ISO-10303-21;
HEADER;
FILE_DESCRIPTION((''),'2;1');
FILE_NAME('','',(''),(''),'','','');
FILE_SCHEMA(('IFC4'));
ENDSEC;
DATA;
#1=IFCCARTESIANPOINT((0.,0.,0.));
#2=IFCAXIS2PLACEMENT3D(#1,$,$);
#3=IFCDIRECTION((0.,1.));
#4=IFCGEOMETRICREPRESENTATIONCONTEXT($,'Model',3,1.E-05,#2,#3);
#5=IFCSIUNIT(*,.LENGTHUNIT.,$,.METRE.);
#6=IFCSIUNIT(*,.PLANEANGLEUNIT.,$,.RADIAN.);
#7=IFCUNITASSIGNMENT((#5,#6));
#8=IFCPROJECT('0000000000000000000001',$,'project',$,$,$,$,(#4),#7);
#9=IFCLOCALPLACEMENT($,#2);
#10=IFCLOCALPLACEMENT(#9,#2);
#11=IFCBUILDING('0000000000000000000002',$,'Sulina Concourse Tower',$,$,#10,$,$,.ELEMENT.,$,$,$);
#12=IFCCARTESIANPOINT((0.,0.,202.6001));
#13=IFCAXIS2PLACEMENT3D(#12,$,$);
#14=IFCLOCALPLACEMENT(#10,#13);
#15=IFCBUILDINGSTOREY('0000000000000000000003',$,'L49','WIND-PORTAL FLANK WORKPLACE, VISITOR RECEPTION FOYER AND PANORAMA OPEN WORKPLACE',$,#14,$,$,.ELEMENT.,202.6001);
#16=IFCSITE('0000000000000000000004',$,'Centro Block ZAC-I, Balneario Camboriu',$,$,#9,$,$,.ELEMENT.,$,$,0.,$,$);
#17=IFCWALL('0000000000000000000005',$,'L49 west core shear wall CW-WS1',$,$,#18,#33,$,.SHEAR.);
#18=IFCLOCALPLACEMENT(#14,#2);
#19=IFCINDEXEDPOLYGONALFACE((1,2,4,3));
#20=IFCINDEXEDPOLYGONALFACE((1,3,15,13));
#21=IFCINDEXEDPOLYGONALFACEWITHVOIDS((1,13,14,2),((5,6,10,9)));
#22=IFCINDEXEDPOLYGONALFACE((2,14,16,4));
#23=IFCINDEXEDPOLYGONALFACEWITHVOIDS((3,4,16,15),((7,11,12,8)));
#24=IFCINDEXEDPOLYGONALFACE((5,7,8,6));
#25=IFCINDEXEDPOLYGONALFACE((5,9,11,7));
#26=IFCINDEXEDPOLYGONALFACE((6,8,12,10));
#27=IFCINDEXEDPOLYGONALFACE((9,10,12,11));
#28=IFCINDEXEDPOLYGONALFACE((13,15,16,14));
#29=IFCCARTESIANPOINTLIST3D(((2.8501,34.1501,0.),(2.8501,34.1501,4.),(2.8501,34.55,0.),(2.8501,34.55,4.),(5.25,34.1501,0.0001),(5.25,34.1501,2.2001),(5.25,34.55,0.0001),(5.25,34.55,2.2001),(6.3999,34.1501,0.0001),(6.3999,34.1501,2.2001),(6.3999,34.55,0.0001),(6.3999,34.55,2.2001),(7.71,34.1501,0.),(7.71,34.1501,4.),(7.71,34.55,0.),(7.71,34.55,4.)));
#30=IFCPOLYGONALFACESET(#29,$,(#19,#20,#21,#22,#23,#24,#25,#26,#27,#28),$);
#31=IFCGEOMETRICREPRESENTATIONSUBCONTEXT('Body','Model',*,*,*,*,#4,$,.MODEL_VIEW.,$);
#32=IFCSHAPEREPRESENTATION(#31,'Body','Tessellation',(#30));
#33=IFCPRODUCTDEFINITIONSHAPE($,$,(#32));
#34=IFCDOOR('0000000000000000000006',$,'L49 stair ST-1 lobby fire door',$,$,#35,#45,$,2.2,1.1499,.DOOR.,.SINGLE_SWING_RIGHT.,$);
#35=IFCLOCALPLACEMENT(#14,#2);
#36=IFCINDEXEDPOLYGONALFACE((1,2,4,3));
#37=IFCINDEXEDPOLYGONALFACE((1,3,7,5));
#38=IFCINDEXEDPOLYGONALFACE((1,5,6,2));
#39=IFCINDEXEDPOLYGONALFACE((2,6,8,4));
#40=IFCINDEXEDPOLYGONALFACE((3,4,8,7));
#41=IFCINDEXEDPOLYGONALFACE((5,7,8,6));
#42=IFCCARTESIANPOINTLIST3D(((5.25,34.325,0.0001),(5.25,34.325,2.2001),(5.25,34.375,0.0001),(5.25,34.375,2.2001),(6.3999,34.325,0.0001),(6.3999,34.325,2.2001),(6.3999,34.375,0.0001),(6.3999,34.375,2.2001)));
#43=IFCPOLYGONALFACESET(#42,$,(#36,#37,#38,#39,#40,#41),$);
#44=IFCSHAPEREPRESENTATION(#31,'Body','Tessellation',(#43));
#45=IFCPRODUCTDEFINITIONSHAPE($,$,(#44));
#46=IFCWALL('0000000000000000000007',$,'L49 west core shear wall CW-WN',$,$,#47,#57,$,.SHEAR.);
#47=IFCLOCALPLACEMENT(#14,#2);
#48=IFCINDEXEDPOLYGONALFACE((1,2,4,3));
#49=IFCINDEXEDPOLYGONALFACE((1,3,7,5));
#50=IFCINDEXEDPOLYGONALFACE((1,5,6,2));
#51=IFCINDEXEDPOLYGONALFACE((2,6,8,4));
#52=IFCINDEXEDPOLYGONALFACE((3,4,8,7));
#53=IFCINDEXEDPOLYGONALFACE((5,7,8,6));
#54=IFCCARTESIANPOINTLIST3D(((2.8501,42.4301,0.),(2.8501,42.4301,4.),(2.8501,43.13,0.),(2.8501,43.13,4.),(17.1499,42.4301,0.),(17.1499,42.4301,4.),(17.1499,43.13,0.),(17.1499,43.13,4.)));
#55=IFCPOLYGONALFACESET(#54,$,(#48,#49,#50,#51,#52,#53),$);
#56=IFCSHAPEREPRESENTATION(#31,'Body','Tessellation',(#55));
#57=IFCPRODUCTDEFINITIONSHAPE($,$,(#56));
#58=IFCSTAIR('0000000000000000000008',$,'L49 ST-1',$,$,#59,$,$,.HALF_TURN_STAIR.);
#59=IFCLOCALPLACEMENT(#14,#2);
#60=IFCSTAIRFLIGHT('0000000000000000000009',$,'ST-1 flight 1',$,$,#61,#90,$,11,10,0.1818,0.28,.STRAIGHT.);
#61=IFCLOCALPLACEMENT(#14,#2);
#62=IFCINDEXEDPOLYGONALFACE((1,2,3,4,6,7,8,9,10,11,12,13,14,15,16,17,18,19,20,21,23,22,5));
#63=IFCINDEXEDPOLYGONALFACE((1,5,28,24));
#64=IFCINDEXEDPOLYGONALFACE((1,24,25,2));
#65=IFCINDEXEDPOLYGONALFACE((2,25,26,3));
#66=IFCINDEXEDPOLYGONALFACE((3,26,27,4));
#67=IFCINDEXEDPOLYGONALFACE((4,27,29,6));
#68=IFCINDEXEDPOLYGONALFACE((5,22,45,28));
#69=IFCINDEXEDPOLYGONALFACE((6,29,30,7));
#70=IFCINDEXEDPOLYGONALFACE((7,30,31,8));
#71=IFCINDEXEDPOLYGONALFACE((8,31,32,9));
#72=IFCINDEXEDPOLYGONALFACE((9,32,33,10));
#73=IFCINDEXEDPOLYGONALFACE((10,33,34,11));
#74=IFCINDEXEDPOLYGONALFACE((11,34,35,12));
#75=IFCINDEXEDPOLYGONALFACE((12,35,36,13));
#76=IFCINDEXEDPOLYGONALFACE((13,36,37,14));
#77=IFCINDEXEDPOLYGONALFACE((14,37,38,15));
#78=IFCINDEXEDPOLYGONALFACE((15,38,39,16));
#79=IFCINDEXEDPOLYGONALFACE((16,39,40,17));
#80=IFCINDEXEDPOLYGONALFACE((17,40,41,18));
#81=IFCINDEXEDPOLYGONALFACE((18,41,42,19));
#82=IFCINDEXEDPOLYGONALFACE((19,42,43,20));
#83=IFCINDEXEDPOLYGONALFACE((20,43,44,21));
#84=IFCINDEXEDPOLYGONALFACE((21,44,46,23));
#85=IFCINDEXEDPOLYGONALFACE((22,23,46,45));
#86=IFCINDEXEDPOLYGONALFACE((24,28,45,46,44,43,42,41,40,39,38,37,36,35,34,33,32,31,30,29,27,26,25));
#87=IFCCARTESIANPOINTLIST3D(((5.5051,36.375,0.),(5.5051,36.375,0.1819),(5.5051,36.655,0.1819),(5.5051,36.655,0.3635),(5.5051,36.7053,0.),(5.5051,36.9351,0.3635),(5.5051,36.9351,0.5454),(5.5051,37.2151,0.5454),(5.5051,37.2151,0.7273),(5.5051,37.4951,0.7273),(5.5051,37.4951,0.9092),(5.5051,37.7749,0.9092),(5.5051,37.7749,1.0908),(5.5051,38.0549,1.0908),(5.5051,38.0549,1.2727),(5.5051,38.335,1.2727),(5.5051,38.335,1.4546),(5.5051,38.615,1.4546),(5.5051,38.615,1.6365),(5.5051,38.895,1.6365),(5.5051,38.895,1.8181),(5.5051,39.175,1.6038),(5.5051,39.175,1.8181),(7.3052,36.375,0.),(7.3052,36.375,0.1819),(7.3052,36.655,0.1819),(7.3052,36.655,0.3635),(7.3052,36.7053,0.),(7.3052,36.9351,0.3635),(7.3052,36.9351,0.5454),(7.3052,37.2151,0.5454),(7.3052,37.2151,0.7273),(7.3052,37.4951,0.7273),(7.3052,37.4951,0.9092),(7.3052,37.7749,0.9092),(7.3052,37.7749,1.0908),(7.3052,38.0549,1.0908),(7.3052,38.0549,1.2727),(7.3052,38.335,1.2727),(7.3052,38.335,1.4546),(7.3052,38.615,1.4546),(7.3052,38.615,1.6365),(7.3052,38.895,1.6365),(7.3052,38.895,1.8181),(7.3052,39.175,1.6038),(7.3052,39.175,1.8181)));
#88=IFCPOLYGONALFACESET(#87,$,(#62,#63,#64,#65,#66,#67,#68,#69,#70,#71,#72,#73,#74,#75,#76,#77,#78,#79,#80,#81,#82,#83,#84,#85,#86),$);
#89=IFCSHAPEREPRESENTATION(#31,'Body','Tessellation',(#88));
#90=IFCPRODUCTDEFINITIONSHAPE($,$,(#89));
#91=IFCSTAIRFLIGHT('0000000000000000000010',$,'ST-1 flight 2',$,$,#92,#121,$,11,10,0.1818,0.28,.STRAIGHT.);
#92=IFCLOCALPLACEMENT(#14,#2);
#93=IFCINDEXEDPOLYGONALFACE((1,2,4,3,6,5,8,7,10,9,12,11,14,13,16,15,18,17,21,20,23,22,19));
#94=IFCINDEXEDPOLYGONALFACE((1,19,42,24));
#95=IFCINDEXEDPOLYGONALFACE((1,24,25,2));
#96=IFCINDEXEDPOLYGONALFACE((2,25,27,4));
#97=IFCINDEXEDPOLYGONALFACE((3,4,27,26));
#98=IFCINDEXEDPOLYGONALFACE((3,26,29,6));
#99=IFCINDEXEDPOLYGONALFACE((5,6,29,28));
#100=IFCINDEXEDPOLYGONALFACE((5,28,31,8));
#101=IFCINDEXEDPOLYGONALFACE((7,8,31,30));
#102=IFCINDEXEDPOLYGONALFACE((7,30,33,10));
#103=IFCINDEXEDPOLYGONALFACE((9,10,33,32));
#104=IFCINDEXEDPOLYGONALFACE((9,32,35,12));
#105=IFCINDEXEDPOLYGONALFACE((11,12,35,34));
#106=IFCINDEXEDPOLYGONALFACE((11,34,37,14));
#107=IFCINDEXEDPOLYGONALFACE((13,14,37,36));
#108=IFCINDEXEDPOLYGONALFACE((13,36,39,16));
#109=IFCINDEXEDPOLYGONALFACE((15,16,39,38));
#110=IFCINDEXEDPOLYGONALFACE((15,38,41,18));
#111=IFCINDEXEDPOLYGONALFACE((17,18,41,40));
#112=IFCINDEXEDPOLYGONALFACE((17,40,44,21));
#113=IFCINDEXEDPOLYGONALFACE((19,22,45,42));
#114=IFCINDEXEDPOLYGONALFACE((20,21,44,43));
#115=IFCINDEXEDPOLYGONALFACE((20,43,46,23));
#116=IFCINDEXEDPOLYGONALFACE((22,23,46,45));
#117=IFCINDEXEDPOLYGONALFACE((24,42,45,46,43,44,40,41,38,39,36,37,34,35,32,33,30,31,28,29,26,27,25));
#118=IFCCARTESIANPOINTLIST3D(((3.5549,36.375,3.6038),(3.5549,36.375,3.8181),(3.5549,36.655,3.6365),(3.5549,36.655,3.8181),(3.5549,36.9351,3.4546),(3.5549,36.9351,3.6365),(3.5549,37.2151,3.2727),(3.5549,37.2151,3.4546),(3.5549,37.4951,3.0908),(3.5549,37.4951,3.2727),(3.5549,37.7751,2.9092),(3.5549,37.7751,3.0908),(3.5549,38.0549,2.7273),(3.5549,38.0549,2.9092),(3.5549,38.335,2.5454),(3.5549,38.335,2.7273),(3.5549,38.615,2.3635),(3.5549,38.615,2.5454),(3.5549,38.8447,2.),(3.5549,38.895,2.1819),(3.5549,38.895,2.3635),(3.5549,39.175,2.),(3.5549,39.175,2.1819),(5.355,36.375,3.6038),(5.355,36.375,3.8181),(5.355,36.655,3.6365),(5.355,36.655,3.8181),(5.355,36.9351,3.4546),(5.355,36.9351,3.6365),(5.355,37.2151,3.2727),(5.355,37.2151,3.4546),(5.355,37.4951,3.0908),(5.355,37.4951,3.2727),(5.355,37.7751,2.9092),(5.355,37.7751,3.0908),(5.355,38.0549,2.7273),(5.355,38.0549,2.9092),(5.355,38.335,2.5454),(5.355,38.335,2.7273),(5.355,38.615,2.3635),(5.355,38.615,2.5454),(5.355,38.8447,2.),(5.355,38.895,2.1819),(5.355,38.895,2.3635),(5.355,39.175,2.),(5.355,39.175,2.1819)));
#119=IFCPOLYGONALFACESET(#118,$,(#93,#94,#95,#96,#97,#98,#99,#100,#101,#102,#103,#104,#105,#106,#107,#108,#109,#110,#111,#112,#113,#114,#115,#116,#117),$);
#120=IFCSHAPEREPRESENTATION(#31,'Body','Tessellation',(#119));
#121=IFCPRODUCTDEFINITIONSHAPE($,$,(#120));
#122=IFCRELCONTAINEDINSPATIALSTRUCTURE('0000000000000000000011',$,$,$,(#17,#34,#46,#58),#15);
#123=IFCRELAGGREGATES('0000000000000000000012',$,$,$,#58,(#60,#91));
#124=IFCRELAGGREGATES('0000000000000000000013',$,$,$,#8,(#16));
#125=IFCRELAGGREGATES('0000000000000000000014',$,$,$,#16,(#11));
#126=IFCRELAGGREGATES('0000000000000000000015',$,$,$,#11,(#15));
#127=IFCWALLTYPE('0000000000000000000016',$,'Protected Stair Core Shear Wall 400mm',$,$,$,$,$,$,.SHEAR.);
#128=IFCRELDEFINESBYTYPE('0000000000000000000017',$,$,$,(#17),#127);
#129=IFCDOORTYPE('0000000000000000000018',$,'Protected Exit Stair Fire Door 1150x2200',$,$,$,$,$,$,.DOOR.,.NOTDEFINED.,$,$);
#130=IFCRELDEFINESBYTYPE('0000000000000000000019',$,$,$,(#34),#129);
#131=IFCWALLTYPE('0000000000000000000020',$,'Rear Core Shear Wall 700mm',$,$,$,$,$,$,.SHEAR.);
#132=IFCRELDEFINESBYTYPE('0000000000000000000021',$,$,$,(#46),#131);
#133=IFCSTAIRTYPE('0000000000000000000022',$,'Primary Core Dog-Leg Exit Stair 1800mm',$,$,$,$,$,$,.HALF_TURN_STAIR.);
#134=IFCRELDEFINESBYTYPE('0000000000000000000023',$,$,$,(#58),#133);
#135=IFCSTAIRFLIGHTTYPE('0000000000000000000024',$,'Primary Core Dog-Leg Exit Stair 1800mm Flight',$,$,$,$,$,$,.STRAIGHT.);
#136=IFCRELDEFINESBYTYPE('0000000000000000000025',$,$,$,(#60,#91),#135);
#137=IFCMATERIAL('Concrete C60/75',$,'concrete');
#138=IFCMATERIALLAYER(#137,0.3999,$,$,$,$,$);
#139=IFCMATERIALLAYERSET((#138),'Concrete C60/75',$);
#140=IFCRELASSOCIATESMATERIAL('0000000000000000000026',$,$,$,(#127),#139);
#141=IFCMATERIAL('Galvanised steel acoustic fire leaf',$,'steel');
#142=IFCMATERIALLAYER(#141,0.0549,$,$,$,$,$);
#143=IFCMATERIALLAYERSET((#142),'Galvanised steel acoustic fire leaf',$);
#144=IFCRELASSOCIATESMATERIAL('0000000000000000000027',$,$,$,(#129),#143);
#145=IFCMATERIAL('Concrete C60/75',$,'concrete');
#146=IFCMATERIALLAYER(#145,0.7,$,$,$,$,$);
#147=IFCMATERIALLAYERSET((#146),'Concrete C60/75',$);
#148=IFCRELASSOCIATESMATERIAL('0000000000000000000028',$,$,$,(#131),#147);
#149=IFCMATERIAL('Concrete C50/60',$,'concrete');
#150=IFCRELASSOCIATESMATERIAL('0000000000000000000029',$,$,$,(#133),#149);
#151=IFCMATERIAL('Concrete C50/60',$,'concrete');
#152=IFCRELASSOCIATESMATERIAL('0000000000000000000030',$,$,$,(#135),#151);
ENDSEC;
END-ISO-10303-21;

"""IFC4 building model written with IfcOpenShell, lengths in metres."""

from ifc_helpers import new_model, si_unit, direction, frame, frame_2d, origin, place, context, subcontext, project, spatial, polyline, rectangle, outline, extrude, material, layer, layer_set, type_object, element, fill, aggregate, save


model = new_model("IFC4")

# Units and contexts
model_context = context("Model", 3, precision=1e-05, world=origin(), true_north=direction((0.0, 1.0)))
body_context = subcontext(model_context, "Body", "Model", "MODEL_VIEW")
ifc_project = project(units=[si_unit("LENGTHUNIT", "METRE"), si_unit("PLANEANGLEUNIT", "RADIAN")], contexts=[model_context])

# Site, building, storey
site_placement = place(None, origin())
site = spatial("IfcSite", under=ifc_project, at=site_placement, Name="Centro Block ZAC-I, Balneario Camboriu", CompositionType="ELEMENT", RefElevation=0.0)
building_placement = place(site_placement, origin())
building = spatial("IfcBuilding", under=site, at=building_placement, Name="Sulina Concourse Tower", CompositionType="ELEMENT")
storey_placement = place(building_placement, frame((0.0, 0.0, 202.6001)))
storey = spatial("IfcBuildingStorey", under=building, at=storey_placement, Name="L49", Description="WIND-PORTAL FLANK WORKPLACE, VISITOR RECEPTION FOYER AND PANORAMA OPEN WORKPLACE", CompositionType="ELEMENT", Elevation=202.6001)

# Wall, opening, door
ifc_material_1 = material(Name="Concrete C60/75", Category="concrete")
ifc_layer_1 = layer(ifc_material_1, 0.3999)
ifc_layer_set_1 = layer_set([ifc_layer_1], Name="Concrete C60/75")
wall_type_1 = type_object("IfcWallType", Name="Protected Stair Core Shear Wall 400mm", PredefinedType="SHEAR", material=ifc_layer_set_1)
wall_1_placement = place(storey_placement, frame((2.8501, 34.3501, 0.0), z_axis=(0.0, 0.0, 1.0), x_axis=(1.0, 0.0, 0.0)))
wall_1 = element("IfcWall", 1, at=wall_1_placement, inside=storey, type_object=wall_type_1, Name="L49 west core shear wall CW-WS1", PredefinedType="SHEAR", context=body_context, shape_type="SweptSolid", body=[
    extrude(rectangle(XDim=4.8599, YDim=0.3999, at=frame_2d((2.4299, 0.0))), origin(), (0.0, 0.0, 1.0), 4.0),
])
opening_1_placement = place(wall_1_placement, frame((2.3999, 0.0, 0.0)))
opening_1 = element("IfcOpeningElement", 2, at=opening_1_placement, cuts=wall_1, PredefinedType="OPENING", context=body_context, shape_type="SweptSolid", body=[
    extrude(rectangle(XDim=1.1499, YDim=2.2, at=frame_2d((0.575, 1.1001))), frame((0.0, 0.21, 0.0), z_axis=(0.0, -1.0, 0.0), x_axis=(1.0, 0.0, 0.0)), (0.0, 0.0, 1.0), 0.4199),
])
ifc_material_2 = material(Name="Galvanised steel acoustic fire leaf", Category="steel")
ifc_layer_2 = layer(ifc_material_2, 0.0549)
ifc_layer_set_2 = layer_set([ifc_layer_2], Name="Galvanised steel acoustic fire leaf")
door_type_1 = type_object("IfcDoorType", Name="Protected Exit Stair Fire Door 1150x2200", OperationType="NOTDEFINED", PredefinedType="DOOR", material=ifc_layer_set_2)
door_1_placement = place(opening_1_placement, origin())
door_1 = element("IfcDoor", 3, at=door_1_placement, inside=storey, type_object=door_type_1, Name="L49 stair ST-1 lobby fire door", OperationType="SINGLE_SWING_RIGHT", OverallHeight=2.2, OverallWidth=1.1499, PredefinedType="DOOR", context=body_context, shape_type="SweptSolid", body=[
    extrude(rectangle(XDim=1.1499, YDim=2.2, at=frame_2d((0.575, 1.1001))), frame((0.0, 0.0249, 0.0), z_axis=(0.0, -1.0, 0.0), x_axis=(1.0, 0.0, 0.0)), (0.0, 0.0, 1.0), 0.05),
])
fill(opening_1, door_1)

# Wall
ifc_material_3 = material(Name="Concrete C60/75", Category="concrete")
ifc_layer_3 = layer(ifc_material_3, 0.7)
ifc_layer_set_3 = layer_set([ifc_layer_3], Name="Concrete C60/75")
wall_type_2 = type_object("IfcWallType", Name="Rear Core Shear Wall 700mm", PredefinedType="SHEAR", material=ifc_layer_set_3)
wall_2_placement = place(storey_placement, frame((2.8501, 42.78, 0.0), z_axis=(0.0, 0.0, 1.0), x_axis=(1.0, 0.0, 0.0)))
element("IfcWall", 4, at=wall_2_placement, inside=storey, type_object=wall_type_2, Name="L49 west core shear wall CW-WN", PredefinedType="SHEAR", context=body_context, shape_type="SweptSolid", body=[
    extrude(rectangle(XDim=14.2998, YDim=0.7, at=frame_2d((7.1499, 0.0))), origin(), (0.0, 0.0, 1.0), 4.0),
])

# Stair, stair flights
ifc_material_4 = material(Name="Concrete C50/60", Category="concrete")
stair_type = type_object("IfcStairType", Name="Primary Core Dog-Leg Exit Stair 1800mm", PredefinedType="HALF_TURN_STAIR", material=ifc_material_4)
stair_placement = place(storey_placement, origin())
stair = element("IfcStair", 5, at=stair_placement, inside=storey, type_object=stair_type, Name="L49 ST-1", PredefinedType="HALF_TURN_STAIR")
ifc_material_5 = material(Name="Concrete C50/60", Category="concrete")
stair_flight_type = type_object("IfcStairFlightType", Name="Primary Core Dog-Leg Exit Stair 1800mm Flight", PredefinedType="STRAIGHT", material=ifc_material_5)
stair_flight_1_placement = place(storey_placement, frame((6.405, 36.375, 0.0), z_axis=(0.0, 0.0, 1.0), x_axis=(0.0, 1.0, 0.0)))
stair_flight_1 = element("IfcStairFlight", 6, at=stair_flight_1_placement, type_object=stair_flight_type, Name="ST-1 flight 1", NumberOfRisers=11, NumberOfTreads=10, PredefinedType="STRAIGHT", RiserHeight=0.1818, TreadLength=0.28, context=body_context, shape_type="SweptSolid", body=[
    extrude(outline(polyline([(0.0, 0.0), (0.0, 0.1819), (0.28, 0.1819), (0.28, 0.3635), (0.5601, 0.3635), (0.5601, 0.5454), (0.8401, 0.5454), (0.8401, 0.7273), (1.1201, 0.7273), (1.1201, 0.9092), (1.3999, 0.9092), (1.3999, 1.0908), (1.6799, 1.0908), (1.6799, 1.2727), (1.96, 1.2727), (1.96, 1.4546), (2.24, 1.4546), (2.24, 1.6365), (2.52, 1.6365), (2.52, 1.8181), (2.8, 1.8181), (2.8, 2.0), (2.8, 1.6038), (0.3303, 0.0), (0.0, 0.0)])), frame((0.0, 0.8999, 0.0), z_axis=(0.0, -1.0, 0.0), x_axis=(1.0, 0.0, 0.0)), (0.0, 0.0, 1.0), 1.8),
])
stair_flight_2_placement = place(storey_placement, frame((4.4551, 39.175, 2.0), z_axis=(0.0, 0.0, 1.0), x_axis=(0.0, -1.0, 0.0)))
stair_flight_2 = element("IfcStairFlight", 7, at=stair_flight_2_placement, type_object=stair_flight_type, Name="ST-1 flight 2", NumberOfRisers=11, NumberOfTreads=10, PredefinedType="STRAIGHT", RiserHeight=0.1818, TreadLength=0.28, context=body_context, shape_type="SweptSolid", body=[
    extrude(outline(polyline([(0.0, 0.0), (0.0, 0.1819), (0.28, 0.1819), (0.28, 0.3635), (0.5601, 0.3635), (0.5601, 0.5454), (0.8401, 0.5454), (0.8401, 0.7273), (1.1201, 0.7273), (1.1201, 0.9092), (1.3999, 0.9092), (1.3999, 1.0908), (1.6799, 1.0908), (1.6799, 1.2727), (1.96, 1.2727), (1.96, 1.4546), (2.24, 1.4546), (2.24, 1.6365), (2.52, 1.6365), (2.52, 1.8181), (2.8, 1.8181), (2.8, 2.0), (2.8, 1.6038), (0.3303, 0.0), (0.0, 0.0)])), frame((0.0, 0.8999, 0.0), z_axis=(0.0, -1.0, 0.0), x_axis=(1.0, 0.0, 0.0)), (0.0, 0.0, 1.0), 1.8),
])
aggregate(stair, [stair_flight_1, stair_flight_2])

save(model, "model.ifc")
